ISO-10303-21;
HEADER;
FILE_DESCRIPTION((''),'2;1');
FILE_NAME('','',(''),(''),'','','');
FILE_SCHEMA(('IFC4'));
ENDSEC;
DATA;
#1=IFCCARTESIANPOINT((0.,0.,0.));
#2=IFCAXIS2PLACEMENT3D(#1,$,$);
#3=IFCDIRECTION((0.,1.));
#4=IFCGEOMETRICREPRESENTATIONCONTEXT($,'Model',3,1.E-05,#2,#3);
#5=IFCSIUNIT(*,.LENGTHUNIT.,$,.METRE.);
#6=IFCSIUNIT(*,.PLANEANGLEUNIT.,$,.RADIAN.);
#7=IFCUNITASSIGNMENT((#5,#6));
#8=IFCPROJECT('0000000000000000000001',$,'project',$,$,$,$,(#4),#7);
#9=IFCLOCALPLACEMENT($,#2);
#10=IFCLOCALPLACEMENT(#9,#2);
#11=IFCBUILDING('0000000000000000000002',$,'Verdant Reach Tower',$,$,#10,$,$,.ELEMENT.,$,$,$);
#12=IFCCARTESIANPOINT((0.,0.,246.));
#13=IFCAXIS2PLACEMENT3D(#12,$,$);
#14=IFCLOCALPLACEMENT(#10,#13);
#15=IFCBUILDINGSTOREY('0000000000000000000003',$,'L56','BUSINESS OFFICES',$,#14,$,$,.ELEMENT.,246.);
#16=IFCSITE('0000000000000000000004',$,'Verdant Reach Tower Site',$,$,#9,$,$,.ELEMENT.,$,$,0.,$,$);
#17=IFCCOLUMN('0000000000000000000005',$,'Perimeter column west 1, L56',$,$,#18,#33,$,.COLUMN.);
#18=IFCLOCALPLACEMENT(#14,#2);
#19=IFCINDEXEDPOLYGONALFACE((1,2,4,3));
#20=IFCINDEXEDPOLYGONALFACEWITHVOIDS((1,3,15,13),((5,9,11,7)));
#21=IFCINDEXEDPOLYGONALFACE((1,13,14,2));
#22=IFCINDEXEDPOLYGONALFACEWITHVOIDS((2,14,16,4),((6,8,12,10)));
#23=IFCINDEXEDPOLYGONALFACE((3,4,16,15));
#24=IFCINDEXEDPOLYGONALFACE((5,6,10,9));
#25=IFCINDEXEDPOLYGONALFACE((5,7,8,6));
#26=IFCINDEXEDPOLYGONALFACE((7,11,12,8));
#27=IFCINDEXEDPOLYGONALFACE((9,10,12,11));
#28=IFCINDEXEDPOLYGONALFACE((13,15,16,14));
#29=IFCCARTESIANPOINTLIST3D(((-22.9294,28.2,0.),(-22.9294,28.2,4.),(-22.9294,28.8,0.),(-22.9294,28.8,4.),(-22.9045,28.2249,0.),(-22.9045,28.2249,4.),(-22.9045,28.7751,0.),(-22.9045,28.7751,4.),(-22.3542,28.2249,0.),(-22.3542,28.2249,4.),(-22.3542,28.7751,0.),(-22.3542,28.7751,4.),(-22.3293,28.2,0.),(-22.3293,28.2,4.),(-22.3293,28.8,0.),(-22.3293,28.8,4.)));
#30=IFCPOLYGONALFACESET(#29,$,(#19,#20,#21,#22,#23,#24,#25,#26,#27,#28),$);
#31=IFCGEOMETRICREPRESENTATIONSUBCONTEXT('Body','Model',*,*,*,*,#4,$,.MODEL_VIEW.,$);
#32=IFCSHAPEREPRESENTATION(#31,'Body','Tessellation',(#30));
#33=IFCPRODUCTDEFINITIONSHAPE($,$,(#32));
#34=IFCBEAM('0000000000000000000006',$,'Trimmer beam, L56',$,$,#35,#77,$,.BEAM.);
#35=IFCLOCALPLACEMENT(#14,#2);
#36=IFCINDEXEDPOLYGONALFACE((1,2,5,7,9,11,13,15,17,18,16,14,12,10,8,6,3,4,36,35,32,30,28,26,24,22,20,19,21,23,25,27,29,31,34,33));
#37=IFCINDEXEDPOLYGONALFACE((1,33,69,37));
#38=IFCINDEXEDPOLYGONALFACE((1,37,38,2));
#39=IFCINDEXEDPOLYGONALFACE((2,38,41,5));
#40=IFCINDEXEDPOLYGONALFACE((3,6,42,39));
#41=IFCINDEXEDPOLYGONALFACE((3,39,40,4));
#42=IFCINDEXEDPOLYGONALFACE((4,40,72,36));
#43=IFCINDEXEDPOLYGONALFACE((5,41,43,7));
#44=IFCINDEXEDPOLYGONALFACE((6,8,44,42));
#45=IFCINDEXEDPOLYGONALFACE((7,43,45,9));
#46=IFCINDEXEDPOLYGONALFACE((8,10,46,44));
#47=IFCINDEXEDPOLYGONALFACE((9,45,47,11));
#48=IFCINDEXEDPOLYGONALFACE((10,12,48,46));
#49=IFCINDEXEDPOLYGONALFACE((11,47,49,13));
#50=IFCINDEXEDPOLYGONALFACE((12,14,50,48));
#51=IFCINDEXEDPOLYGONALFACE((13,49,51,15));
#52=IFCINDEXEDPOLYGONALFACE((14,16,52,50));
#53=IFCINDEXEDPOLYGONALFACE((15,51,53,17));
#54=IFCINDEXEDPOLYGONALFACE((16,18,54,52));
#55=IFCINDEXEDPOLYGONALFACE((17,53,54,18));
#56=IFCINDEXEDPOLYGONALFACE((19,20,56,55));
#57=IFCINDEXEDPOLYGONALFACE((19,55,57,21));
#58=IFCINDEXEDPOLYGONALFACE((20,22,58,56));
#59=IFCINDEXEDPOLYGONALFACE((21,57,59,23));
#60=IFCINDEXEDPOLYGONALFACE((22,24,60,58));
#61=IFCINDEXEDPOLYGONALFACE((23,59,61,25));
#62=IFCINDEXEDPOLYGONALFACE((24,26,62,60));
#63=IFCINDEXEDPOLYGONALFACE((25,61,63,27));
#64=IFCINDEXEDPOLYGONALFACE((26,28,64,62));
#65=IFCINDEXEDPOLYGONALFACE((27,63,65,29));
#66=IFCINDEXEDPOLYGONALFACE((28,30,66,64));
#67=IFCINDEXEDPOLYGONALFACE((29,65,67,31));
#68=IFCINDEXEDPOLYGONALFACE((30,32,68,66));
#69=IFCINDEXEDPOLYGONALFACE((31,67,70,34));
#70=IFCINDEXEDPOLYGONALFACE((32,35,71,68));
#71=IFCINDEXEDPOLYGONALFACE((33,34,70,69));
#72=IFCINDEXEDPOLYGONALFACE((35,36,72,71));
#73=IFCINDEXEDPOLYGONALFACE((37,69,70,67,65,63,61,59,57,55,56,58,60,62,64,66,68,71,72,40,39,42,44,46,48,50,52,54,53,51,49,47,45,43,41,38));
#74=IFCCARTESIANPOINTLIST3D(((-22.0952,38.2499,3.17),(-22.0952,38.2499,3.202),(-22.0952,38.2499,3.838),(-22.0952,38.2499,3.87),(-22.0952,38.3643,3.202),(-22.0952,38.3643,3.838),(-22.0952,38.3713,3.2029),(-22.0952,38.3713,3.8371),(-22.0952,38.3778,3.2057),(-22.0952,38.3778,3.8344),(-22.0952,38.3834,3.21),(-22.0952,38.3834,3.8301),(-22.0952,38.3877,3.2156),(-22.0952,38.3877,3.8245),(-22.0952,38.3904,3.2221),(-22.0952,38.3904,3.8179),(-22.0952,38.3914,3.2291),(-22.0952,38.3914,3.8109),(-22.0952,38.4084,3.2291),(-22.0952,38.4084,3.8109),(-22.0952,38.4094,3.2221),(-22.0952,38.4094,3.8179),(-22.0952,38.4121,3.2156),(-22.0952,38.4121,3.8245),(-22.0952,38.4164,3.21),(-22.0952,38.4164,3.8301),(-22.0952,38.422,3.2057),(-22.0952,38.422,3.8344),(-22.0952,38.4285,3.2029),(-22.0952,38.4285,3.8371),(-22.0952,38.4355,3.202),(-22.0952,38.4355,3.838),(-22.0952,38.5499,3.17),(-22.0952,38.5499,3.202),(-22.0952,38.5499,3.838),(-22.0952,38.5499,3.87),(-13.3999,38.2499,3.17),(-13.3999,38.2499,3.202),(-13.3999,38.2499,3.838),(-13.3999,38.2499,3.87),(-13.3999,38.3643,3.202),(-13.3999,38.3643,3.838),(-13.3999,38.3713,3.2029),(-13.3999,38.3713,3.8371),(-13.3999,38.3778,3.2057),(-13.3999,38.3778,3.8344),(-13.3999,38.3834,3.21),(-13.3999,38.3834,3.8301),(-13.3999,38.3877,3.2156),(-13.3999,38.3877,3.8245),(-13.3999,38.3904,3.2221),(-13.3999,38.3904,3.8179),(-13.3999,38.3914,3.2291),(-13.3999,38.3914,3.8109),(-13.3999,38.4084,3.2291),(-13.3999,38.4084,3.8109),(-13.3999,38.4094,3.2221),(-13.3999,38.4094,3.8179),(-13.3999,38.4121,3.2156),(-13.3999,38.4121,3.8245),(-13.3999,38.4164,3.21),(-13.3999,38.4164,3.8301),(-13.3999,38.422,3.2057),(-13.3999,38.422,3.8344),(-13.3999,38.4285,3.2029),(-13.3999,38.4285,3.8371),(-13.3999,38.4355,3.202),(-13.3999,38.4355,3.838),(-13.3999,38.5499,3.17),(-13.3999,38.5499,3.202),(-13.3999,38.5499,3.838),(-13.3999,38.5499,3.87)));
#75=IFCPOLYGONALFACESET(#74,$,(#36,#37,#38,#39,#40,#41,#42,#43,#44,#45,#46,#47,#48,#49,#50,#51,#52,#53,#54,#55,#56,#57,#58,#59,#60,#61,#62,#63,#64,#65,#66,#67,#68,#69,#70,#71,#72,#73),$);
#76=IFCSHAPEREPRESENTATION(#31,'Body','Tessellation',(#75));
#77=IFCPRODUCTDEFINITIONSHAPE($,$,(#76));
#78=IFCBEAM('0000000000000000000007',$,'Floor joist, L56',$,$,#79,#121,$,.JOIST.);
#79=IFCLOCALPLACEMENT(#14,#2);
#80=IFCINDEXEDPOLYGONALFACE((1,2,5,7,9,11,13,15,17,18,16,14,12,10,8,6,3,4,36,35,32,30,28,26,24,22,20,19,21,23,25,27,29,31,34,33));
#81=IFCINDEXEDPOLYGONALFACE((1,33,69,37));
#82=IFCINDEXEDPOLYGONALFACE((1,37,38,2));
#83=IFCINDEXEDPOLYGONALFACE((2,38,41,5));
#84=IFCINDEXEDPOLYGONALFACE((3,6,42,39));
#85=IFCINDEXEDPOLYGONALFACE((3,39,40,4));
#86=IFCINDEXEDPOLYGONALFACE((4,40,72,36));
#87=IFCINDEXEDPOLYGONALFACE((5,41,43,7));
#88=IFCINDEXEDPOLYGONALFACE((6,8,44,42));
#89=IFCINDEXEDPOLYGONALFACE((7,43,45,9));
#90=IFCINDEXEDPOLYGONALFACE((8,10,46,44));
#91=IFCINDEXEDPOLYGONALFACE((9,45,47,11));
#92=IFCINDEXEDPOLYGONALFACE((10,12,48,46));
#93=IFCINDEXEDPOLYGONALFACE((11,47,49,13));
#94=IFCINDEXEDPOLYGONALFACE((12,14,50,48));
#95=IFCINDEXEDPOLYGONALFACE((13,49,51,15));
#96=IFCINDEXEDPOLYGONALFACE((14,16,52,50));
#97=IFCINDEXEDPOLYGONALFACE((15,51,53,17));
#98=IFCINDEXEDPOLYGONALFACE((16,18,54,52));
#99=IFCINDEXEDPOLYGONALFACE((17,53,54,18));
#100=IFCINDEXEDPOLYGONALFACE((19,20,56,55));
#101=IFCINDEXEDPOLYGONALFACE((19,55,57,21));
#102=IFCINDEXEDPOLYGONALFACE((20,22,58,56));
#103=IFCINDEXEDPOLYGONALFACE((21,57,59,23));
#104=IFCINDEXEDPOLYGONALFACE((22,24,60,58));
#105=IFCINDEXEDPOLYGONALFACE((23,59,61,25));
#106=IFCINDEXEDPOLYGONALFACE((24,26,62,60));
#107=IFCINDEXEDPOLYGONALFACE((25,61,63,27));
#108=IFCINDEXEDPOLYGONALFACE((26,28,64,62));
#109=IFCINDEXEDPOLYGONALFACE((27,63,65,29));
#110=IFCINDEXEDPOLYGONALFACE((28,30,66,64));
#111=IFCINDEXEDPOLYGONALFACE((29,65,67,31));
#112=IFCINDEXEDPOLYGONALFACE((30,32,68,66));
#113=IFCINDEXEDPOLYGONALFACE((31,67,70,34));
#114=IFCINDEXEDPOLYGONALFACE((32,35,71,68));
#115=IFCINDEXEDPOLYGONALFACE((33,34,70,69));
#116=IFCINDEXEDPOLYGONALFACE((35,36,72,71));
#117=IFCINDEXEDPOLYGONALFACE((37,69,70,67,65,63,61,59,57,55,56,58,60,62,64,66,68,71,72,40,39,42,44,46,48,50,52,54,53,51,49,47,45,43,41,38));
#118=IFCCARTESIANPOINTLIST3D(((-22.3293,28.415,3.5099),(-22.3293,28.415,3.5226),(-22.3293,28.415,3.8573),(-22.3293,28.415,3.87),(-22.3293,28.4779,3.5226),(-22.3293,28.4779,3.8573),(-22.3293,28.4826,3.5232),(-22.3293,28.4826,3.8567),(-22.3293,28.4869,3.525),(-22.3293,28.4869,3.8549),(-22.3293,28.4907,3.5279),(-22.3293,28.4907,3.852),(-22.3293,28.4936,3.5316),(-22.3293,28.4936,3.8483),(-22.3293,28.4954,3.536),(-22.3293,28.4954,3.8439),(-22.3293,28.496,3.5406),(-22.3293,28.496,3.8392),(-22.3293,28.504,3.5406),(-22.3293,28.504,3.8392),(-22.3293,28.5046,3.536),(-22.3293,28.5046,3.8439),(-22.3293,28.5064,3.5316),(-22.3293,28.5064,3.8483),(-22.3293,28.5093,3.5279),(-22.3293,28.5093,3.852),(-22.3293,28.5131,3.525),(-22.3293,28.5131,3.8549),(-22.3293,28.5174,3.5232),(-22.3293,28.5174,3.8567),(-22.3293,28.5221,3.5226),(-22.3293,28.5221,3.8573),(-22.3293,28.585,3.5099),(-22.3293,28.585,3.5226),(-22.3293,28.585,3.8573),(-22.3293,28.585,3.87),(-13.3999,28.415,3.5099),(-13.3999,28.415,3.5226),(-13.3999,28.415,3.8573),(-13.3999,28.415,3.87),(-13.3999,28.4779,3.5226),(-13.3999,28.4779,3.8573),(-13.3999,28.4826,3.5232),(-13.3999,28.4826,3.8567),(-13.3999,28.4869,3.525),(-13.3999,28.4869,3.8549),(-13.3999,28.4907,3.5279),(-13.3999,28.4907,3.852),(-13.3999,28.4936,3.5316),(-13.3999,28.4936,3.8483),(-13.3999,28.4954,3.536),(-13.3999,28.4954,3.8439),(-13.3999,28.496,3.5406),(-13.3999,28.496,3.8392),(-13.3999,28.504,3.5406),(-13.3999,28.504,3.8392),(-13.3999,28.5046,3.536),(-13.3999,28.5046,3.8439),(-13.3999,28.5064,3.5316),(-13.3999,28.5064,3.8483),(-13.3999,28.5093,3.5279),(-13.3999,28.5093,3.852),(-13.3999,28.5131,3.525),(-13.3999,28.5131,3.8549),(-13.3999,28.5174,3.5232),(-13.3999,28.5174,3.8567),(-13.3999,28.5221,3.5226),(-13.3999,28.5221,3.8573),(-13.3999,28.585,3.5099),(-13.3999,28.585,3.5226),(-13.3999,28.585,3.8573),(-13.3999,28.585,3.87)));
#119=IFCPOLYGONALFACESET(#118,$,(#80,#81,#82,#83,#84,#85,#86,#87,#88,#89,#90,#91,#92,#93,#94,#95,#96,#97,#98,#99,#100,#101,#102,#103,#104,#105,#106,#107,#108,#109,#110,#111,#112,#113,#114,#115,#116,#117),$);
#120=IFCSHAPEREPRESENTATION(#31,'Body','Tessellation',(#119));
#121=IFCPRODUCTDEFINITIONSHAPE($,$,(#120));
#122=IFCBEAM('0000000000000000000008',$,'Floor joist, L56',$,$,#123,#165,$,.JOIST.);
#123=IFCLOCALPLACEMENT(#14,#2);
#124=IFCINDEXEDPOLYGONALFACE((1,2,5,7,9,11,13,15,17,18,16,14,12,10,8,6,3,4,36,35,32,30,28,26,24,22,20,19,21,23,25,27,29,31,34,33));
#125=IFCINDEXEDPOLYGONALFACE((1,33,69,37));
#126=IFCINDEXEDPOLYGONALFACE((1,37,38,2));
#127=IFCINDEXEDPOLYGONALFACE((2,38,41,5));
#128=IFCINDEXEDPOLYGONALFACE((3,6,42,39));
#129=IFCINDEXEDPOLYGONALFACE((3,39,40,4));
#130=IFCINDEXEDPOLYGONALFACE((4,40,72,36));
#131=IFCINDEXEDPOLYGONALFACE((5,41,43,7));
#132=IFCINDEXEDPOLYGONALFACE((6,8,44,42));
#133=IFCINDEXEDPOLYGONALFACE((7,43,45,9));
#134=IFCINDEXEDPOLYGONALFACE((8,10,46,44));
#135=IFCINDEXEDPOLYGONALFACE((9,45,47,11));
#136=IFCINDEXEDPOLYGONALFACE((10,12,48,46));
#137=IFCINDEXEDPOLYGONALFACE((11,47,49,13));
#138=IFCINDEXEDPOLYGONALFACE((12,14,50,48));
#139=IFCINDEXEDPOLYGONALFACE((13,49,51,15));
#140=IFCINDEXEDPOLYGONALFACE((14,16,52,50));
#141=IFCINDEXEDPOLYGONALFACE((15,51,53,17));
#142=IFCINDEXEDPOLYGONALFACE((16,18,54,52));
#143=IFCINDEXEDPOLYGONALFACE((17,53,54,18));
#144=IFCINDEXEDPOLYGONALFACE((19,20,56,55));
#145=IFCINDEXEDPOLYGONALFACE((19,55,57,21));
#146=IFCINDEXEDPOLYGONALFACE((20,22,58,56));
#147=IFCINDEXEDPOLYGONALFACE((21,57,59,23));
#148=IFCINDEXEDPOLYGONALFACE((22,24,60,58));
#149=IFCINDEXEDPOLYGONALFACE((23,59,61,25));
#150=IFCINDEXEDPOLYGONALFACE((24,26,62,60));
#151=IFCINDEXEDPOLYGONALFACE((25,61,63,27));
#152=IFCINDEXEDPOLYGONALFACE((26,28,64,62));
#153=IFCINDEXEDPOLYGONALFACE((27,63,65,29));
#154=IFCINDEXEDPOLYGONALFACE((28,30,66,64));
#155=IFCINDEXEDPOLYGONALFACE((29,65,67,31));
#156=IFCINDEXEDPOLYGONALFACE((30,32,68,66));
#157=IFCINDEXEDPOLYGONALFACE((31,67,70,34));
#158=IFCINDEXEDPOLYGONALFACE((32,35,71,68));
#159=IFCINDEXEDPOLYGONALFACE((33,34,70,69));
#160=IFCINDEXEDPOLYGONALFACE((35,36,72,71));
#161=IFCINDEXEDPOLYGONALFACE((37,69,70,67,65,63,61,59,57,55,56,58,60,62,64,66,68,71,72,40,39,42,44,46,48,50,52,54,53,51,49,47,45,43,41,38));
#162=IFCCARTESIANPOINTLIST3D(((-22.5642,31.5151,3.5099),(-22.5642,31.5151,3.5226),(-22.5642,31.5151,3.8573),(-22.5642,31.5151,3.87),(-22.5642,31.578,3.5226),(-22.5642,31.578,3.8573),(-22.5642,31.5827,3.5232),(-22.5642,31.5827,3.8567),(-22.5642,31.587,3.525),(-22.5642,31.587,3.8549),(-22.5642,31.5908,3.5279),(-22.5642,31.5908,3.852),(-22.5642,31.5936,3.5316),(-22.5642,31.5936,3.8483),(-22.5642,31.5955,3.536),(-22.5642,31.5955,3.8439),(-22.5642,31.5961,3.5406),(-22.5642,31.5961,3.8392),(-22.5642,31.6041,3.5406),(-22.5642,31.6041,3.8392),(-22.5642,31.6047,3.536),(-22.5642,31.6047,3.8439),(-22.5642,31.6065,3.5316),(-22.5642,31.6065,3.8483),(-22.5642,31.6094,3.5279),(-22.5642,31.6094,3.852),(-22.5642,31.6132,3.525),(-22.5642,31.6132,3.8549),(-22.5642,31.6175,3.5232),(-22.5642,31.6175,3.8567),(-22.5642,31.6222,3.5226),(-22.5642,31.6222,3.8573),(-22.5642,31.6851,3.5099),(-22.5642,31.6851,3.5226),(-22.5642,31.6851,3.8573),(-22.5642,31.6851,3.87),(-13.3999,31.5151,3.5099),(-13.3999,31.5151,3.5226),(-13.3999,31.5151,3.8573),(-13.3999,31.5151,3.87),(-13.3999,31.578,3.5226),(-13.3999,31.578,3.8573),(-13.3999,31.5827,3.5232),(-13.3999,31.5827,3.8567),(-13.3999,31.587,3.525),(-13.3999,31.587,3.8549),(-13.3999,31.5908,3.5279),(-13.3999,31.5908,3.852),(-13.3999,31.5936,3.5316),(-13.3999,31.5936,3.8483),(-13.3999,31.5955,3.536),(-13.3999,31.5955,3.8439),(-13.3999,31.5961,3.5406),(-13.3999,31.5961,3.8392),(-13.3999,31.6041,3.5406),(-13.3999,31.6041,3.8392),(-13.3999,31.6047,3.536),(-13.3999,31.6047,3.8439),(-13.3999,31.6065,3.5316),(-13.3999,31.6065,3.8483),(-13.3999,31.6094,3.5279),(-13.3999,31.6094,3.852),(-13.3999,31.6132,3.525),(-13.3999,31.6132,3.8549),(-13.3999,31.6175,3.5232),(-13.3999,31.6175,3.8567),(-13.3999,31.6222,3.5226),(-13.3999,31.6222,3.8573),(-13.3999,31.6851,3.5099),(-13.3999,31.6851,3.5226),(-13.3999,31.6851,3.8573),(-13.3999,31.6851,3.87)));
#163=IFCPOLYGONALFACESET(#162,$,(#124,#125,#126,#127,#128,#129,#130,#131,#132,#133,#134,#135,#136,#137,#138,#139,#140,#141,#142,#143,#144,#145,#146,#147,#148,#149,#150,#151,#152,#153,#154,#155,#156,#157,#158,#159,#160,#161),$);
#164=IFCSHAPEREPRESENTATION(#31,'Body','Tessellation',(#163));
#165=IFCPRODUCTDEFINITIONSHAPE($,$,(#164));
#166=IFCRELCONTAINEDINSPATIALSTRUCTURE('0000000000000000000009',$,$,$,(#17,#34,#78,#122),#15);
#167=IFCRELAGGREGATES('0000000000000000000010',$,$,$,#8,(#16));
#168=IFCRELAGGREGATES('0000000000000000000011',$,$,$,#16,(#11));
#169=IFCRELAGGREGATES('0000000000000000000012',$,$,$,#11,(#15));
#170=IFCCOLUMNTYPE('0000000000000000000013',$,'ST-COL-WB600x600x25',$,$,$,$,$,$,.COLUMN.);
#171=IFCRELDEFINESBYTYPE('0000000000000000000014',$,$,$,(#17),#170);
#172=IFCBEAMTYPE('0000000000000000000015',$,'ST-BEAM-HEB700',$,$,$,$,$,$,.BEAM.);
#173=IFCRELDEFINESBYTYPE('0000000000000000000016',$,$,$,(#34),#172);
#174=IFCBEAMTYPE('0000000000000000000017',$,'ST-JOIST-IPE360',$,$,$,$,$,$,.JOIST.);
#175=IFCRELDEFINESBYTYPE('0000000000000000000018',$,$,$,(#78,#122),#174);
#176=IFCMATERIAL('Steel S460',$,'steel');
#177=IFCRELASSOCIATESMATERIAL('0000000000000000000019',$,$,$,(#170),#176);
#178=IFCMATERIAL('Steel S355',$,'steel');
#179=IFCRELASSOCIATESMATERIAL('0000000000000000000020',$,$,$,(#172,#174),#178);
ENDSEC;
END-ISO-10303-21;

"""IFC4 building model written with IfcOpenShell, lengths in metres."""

from ifc_helpers import new_model, si_unit, direction, frame, origin, origin_2d, place, context, subcontext, project, spatial, hollow_rectangle, i_section, extrude, material, material_profile, profile_set, type_object, element, save


model = new_model("IFC4")

# Units and contexts
model_context = context("Model", 3, precision=1e-05, world=origin(), true_north=direction((0.0, 1.0)))
body_context = subcontext(model_context, "Body", "Model", "MODEL_VIEW")
ifc_project = project(units=[si_unit("LENGTHUNIT", "METRE"), si_unit("PLANEANGLEUNIT", "RADIAN")], contexts=[model_context])

# Site, building, storey
site_placement = place(None, origin())
site = spatial("IfcSite", under=ifc_project, at=site_placement, Name="Verdant Reach Tower Site", CompositionType="ELEMENT", RefElevation=0.0)
building_placement = place(site_placement, origin())
building = spatial("IfcBuilding", under=site, at=building_placement, Name="Verdant Reach Tower", CompositionType="ELEMENT")
storey_placement = place(building_placement, frame((0.0, 0.0, 246.0)))
storey = spatial("IfcBuildingStorey", under=building, at=storey_placement, Name="L56", Description="BUSINESS OFFICES", CompositionType="ELEMENT", Elevation=246.0)

# Column
ifc_material_1 = material(Name="Steel S460", Category="steel")
ifc_material_profile_1 = material_profile(ifc_material_1, hollow_rectangle(XDim=0.6001, YDim=0.6001, WallThickness=0.0249, at=origin_2d()), Name="WB 600x600x25")
ifc_profile_set_1 = profile_set([ifc_material_profile_1], Name="Steel S460")
column_type = type_object("IfcColumnType", Name="ST-COL-WB600x600x25", PredefinedType="COLUMN", material=ifc_profile_set_1)
column_placement = place(storey_placement, frame((-22.6294, 28.5, 0.0), z_axis=(0.0, 0.0, 1.0), x_axis=(1.0, 0.0, 0.0)))
element("IfcColumn", 1, at=column_placement, inside=storey, type_object=column_type, Name="Perimeter column west 1, L56", PredefinedType="COLUMN", context=body_context, shape_type="SweptSolid", body=[
    extrude(hollow_rectangle(XDim=0.6001, YDim=0.6001, WallThickness=0.0249, at=origin_2d()), origin(), (0.0, 0.0, 1.0), 4.0),
])

# Beams
ifc_material_2 = material(Name="Steel S355", Category="steel")
ifc_material_profile_2 = material_profile(ifc_material_2, i_section(OverallWidth=0.3, OverallDepth=0.7, WebThickness=0.0171, FlangeThickness=0.032, FilletRadius=0.0271, at=origin_2d()), Name="HEB 700")
ifc_profile_set_2 = profile_set([ifc_material_profile_2], Name="Steel S355")
beam_type_1 = type_object("IfcBeamType", Name="ST-BEAM-HEB700", PredefinedType="BEAM", material=ifc_profile_set_2)
beam_1_placement = place(storey_placement, frame((-13.3999, 38.3999, 3.52), z_axis=(-1.0, 0.0, 0.0), x_axis=(0.0, -1.0, 0.0)))
element("IfcBeam", 2, at=beam_1_placement, inside=storey, type_object=beam_type_1, Name="Trimmer beam, L56", PredefinedType="BEAM", context=body_context, shape_type="SweptSolid", body=[
    extrude(i_section(OverallWidth=0.3, OverallDepth=0.7, WebThickness=0.0171, FlangeThickness=0.032, FilletRadius=0.0271, at=origin_2d()), origin(), (0.0, 0.0, 1.0), 8.6953),
])
ifc_material_profile_3 = material_profile(ifc_material_2, i_section(OverallWidth=0.1699, OverallDepth=0.3601, WebThickness=0.0081, FlangeThickness=0.0127, FilletRadius=0.0181, at=origin_2d()), Name="IPE 360")
ifc_profile_set_3 = profile_set([ifc_material_profile_3], Name="Steel S355")
beam_type_2 = type_object("IfcBeamType", Name="ST-JOIST-IPE360", PredefinedType="JOIST", material=ifc_profile_set_3)
beam_2_placement = place(storey_placement, frame((-13.3999, 28.5, 3.6899), z_axis=(-1.0, 0.0, 0.0), x_axis=(0.0, -1.0, 0.0)))
element("IfcBeam", 3, at=beam_2_placement, inside=storey, type_object=beam_type_2, Name="Floor joist, L56", PredefinedType="JOIST", context=body_context, shape_type="SweptSolid", body=[
    extrude(i_section(OverallWidth=0.1699, OverallDepth=0.3601, WebThickness=0.0081, FlangeThickness=0.0127, FilletRadius=0.0181, at=origin_2d()), origin(), (0.0, 0.0, 1.0), 8.9294),
])
beam_3_placement = place(storey_placement, frame((-13.3999, 31.6001, 3.6899), z_axis=(-1.0, 0.0, 0.0), x_axis=(0.0, -1.0, 0.0)))
element("IfcBeam", 4, at=beam_3_placement, inside=storey, type_object=beam_type_2, Name="Floor joist, L56", PredefinedType="JOIST", context=body_context, shape_type="SweptSolid", body=[
    extrude(i_section(OverallWidth=0.1699, OverallDepth=0.3601, WebThickness=0.0081, FlangeThickness=0.0127, FilletRadius=0.0181, at=origin_2d()), origin(), (0.0, 0.0, 1.0), 9.1643),
])

save(model, "model.ifc")
